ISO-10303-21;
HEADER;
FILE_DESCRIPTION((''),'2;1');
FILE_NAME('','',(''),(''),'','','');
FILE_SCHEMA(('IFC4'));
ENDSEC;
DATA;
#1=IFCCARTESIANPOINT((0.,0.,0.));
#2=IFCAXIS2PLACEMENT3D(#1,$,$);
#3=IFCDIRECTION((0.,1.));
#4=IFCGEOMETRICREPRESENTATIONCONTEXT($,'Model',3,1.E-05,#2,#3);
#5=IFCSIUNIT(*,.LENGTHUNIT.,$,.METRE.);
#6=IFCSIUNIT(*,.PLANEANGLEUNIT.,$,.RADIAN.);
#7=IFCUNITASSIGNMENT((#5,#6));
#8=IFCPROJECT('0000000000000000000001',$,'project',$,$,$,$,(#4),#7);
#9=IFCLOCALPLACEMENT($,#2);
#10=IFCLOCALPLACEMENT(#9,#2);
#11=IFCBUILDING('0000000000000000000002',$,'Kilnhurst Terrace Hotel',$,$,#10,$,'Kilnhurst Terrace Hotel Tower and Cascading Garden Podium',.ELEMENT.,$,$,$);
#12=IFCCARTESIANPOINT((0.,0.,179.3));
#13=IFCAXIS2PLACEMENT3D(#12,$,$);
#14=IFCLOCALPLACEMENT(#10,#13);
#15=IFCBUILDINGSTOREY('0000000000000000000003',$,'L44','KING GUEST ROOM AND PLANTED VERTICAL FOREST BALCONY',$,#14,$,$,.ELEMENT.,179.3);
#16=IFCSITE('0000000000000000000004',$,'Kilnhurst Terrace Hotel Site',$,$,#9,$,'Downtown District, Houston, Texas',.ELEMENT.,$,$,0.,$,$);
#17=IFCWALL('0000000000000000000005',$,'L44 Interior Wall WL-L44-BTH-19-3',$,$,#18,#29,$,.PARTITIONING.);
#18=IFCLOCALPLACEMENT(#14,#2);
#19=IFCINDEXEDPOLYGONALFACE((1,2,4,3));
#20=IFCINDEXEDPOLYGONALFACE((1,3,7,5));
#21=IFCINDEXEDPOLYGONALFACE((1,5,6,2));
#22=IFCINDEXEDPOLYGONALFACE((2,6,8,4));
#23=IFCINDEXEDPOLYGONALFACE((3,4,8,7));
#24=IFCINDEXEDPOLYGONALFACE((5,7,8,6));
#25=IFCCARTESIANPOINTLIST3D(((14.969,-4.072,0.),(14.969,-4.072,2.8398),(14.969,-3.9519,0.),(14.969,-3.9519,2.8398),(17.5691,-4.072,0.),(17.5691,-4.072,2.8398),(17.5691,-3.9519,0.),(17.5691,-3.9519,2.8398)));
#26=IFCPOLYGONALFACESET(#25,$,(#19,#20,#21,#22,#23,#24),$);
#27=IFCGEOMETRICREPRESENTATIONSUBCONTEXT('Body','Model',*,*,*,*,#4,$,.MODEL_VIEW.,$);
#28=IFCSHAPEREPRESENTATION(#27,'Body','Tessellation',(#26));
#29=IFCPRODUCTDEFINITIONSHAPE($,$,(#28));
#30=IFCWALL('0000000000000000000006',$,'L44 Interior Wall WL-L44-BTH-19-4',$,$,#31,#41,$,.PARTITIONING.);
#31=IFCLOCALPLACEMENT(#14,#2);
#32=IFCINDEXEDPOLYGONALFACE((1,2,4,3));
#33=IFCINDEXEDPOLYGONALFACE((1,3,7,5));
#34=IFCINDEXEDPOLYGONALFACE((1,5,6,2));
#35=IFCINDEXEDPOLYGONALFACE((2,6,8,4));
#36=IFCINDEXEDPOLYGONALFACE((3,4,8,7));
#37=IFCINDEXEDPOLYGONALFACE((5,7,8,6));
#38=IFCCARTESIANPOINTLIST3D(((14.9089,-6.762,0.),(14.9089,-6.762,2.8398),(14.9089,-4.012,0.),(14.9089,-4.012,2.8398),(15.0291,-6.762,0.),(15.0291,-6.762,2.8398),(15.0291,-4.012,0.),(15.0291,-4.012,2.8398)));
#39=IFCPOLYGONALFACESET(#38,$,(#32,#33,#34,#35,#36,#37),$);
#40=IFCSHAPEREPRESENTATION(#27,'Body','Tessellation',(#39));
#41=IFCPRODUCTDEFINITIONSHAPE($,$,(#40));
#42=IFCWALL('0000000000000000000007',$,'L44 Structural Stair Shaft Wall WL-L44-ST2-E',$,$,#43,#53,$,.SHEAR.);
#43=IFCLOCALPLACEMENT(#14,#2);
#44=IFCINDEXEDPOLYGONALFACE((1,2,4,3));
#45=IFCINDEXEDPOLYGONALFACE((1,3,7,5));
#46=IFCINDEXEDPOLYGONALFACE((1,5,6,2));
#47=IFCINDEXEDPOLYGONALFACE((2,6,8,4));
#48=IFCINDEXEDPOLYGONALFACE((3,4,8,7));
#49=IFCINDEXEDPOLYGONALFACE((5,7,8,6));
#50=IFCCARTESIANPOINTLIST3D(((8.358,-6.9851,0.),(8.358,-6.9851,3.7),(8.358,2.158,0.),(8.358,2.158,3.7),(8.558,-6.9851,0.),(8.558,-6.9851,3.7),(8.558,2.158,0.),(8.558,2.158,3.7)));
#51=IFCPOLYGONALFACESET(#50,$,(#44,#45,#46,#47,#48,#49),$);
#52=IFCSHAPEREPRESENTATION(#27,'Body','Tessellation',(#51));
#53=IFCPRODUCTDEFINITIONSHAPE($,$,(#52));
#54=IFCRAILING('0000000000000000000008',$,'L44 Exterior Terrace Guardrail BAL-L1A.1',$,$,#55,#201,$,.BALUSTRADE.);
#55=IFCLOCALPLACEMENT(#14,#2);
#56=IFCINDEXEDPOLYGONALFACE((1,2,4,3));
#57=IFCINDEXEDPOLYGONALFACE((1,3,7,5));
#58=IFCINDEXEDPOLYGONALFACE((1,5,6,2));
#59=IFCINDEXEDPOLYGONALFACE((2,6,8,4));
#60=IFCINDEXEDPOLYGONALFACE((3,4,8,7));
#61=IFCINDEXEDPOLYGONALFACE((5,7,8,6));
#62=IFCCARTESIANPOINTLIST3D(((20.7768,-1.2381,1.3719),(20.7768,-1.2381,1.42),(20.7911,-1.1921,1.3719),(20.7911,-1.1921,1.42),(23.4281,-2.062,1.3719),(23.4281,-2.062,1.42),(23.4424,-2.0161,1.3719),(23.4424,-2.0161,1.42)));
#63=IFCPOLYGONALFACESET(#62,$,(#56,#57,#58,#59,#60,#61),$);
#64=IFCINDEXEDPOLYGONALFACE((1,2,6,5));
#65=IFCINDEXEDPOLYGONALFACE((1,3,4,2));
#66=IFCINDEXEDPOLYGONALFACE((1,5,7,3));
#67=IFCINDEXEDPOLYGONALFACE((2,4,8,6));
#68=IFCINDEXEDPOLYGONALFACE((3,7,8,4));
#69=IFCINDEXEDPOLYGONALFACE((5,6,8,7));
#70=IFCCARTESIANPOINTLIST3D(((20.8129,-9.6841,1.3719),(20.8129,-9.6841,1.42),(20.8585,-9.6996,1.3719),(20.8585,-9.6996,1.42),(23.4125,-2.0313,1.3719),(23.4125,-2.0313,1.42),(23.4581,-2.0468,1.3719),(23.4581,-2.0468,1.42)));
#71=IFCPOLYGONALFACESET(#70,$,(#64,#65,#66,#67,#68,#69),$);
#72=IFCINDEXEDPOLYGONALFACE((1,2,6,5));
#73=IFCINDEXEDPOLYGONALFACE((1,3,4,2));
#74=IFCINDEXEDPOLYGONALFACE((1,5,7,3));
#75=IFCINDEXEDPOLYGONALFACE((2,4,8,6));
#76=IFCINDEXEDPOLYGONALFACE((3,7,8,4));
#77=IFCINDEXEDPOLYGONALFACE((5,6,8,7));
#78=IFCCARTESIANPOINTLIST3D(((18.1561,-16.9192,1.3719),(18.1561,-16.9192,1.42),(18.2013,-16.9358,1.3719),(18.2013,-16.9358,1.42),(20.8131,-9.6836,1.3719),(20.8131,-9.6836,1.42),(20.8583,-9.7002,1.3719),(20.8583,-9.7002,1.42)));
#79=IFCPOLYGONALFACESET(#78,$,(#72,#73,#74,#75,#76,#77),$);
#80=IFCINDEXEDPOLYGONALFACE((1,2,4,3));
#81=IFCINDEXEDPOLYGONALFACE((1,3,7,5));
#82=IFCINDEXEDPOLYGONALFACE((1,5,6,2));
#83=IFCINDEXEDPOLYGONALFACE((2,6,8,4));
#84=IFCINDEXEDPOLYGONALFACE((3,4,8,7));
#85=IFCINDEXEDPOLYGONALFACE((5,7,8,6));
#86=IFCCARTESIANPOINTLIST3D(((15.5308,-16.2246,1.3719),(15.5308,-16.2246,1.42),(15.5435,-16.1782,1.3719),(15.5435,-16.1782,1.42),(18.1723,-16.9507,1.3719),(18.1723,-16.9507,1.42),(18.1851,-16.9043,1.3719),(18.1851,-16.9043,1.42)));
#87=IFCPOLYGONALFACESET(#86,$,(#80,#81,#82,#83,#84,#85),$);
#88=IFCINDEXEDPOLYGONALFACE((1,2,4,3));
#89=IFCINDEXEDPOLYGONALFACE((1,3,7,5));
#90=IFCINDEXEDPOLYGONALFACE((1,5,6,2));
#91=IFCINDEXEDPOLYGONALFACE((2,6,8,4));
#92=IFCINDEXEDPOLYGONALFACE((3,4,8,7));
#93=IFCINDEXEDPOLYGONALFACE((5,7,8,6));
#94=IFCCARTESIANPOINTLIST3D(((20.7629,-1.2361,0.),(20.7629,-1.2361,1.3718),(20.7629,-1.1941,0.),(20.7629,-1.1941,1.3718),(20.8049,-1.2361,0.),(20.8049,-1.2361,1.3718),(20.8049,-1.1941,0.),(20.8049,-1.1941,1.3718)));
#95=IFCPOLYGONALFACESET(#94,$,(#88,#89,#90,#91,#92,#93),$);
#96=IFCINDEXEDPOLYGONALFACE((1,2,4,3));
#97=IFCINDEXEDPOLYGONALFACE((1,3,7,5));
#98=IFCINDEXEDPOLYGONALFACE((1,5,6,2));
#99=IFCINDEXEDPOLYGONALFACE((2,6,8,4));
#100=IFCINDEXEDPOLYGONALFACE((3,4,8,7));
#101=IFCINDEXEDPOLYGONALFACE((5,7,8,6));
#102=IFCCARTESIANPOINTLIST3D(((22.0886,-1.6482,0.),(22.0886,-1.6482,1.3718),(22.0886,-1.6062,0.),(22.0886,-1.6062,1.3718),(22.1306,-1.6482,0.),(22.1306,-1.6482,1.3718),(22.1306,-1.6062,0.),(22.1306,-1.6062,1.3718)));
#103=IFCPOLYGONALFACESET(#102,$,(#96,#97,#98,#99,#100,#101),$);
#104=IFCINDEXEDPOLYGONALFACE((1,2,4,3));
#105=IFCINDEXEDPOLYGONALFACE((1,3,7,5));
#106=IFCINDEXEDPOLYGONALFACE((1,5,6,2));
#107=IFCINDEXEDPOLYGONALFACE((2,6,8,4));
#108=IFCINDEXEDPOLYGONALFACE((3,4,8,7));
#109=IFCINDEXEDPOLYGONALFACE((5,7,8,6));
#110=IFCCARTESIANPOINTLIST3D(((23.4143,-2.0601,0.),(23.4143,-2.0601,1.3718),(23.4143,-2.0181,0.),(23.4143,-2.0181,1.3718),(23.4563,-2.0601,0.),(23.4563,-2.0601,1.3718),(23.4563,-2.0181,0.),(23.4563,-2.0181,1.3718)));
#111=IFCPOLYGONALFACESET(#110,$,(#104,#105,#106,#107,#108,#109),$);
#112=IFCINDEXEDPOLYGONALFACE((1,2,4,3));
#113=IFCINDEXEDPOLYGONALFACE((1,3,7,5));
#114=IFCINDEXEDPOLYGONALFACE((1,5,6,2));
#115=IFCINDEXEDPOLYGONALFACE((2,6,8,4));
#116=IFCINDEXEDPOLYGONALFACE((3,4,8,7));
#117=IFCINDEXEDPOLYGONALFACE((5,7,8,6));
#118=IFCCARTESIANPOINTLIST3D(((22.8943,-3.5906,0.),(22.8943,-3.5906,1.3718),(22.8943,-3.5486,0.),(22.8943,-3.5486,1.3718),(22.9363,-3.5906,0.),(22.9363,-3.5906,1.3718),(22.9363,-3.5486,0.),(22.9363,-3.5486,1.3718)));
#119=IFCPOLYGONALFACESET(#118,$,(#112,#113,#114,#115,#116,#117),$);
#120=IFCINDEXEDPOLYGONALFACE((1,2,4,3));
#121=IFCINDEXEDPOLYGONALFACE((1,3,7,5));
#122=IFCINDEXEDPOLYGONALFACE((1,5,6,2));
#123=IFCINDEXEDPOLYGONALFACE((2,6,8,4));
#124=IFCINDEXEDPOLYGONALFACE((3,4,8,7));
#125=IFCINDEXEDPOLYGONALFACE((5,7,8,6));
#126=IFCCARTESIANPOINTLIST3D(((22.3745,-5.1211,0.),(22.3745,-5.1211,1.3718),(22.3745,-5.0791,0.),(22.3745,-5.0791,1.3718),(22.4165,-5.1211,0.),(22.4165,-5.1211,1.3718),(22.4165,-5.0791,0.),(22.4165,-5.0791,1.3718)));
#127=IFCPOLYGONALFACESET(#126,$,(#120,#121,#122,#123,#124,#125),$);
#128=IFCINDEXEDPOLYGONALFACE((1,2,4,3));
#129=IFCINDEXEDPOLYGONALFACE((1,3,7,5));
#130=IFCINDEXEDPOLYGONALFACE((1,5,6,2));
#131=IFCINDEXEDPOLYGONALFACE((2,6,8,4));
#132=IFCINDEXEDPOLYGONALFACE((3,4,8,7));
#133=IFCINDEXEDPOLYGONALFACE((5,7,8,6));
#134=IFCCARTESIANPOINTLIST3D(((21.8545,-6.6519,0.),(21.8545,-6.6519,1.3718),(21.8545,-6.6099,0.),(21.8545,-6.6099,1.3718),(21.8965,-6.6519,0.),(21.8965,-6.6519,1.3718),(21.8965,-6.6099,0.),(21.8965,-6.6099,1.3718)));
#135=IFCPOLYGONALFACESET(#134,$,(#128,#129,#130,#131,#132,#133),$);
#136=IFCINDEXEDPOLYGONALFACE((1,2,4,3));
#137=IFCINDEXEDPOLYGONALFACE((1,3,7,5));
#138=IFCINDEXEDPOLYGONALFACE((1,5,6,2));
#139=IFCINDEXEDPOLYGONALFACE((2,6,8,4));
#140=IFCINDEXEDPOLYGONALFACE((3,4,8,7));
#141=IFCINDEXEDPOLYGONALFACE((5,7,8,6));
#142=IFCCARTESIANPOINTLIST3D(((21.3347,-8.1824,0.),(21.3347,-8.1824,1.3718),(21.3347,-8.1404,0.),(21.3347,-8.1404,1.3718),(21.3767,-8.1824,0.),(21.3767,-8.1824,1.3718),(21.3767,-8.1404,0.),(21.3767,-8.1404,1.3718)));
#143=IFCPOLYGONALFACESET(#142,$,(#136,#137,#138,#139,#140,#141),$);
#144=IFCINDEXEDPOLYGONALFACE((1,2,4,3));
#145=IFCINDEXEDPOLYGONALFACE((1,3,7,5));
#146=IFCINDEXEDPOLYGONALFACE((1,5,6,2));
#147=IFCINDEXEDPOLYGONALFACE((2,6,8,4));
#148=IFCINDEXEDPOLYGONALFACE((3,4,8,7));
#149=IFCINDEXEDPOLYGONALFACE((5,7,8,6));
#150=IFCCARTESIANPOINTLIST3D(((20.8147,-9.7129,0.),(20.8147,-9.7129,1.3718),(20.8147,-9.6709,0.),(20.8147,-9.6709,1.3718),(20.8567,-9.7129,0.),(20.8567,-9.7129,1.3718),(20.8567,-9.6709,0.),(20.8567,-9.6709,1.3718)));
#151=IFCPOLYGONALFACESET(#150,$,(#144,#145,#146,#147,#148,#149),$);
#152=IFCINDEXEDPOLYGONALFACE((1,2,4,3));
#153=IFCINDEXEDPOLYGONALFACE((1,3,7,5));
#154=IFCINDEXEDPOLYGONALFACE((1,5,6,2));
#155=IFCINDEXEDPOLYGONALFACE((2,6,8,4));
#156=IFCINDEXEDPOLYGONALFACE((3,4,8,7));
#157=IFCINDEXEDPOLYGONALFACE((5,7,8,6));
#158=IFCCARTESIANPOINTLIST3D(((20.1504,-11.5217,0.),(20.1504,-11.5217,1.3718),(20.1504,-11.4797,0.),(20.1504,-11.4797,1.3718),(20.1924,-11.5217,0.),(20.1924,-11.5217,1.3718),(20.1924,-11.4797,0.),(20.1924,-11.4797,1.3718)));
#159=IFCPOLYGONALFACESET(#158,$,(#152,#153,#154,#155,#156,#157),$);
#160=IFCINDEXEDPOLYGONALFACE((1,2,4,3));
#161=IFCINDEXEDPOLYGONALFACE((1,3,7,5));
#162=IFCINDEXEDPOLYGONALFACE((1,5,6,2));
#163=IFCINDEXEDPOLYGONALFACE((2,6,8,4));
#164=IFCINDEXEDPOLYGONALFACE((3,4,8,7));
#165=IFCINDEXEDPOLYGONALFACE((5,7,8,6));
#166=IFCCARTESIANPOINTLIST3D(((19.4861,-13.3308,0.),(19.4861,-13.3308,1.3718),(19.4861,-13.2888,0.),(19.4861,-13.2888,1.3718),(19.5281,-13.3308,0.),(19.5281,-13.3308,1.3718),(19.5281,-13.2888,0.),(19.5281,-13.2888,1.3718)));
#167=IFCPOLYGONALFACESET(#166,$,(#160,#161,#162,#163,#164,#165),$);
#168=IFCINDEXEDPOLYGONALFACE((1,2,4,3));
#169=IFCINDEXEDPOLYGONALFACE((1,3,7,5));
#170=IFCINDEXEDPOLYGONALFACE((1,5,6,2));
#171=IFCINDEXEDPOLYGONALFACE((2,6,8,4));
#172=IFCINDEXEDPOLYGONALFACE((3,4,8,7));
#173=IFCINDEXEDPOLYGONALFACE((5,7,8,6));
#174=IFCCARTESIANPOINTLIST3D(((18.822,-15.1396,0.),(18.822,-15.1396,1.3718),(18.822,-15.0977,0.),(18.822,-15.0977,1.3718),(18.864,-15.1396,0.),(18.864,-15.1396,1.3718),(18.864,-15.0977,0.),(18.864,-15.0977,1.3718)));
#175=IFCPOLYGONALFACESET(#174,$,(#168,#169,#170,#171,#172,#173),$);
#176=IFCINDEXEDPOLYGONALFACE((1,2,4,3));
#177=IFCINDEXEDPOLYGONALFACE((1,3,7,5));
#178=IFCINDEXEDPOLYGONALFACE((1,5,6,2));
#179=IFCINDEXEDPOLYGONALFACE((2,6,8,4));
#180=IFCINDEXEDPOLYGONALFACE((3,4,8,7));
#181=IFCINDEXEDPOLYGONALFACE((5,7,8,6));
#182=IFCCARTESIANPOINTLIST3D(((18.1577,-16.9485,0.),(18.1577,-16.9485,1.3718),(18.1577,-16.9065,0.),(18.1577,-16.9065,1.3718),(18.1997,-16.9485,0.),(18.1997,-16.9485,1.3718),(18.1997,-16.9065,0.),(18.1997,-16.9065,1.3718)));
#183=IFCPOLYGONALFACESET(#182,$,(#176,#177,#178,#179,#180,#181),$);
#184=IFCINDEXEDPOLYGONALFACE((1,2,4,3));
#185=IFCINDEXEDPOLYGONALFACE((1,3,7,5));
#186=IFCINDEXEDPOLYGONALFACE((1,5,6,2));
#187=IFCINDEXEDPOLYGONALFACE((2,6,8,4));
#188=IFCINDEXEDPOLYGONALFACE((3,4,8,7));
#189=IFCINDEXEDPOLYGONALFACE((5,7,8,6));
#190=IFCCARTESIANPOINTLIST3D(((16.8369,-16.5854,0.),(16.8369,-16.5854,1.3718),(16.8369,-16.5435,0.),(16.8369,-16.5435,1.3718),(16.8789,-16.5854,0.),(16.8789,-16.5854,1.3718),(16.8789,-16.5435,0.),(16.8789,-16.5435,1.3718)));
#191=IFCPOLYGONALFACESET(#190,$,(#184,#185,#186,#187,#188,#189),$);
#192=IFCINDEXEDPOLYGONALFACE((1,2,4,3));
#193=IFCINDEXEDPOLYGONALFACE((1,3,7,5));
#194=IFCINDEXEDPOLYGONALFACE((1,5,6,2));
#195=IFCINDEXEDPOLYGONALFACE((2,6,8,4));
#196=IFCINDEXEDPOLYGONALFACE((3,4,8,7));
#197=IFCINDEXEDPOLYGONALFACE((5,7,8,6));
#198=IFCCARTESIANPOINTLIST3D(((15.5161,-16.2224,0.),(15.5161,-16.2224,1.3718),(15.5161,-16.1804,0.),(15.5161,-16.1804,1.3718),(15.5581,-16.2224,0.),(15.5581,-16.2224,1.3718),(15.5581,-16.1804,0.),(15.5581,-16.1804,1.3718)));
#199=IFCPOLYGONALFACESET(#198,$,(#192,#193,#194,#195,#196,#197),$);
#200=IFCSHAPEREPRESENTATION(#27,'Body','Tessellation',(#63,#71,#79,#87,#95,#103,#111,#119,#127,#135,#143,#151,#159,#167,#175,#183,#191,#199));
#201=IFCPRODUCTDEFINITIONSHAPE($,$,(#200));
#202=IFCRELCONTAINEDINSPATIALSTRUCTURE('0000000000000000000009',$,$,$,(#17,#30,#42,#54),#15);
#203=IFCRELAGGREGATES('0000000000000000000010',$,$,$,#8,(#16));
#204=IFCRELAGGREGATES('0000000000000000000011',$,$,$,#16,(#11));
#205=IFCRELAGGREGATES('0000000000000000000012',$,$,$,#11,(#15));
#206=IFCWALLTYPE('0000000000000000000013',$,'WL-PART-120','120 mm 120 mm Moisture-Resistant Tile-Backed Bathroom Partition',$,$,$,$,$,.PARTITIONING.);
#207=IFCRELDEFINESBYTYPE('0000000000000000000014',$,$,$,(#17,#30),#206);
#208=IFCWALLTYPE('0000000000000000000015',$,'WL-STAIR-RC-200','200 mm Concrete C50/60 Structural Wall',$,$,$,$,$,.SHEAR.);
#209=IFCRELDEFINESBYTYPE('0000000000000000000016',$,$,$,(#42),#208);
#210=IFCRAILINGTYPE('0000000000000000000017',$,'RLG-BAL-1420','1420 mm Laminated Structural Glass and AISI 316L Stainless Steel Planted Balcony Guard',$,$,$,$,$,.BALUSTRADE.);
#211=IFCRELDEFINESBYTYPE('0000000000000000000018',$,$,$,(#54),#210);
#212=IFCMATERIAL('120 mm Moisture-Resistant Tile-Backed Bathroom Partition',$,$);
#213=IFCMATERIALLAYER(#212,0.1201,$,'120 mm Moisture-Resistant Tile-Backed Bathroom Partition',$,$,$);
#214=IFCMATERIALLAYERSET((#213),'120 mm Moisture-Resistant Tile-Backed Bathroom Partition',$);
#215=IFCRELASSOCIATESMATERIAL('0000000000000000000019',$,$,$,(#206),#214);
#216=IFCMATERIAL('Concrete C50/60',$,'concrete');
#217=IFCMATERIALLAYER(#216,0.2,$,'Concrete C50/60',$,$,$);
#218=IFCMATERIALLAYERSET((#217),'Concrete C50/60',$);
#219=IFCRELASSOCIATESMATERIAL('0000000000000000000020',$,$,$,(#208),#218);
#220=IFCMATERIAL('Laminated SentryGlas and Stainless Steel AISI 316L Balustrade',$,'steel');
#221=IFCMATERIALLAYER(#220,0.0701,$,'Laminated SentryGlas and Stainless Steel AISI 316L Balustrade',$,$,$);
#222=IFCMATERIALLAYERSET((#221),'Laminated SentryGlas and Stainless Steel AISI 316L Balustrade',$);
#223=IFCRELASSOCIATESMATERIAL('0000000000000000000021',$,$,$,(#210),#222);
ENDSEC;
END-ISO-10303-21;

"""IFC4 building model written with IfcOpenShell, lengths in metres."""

from ifc_helpers import new_model, si_unit, direction, frame, frame_2d, origin, origin_2d, place, context, subcontext, project, spatial, rectangle, extrude, material, layer, layer_set, type_object, element, save


model = new_model("IFC4")

# Units and contexts
model_context = context("Model", 3, precision=1e-05, world=origin(), true_north=direction((0.0, 1.0)))
body_context = subcontext(model_context, "Body", "Model", "MODEL_VIEW")
ifc_project = project(units=[si_unit("LENGTHUNIT", "METRE"), si_unit("PLANEANGLEUNIT", "RADIAN")], contexts=[model_context])

# Site, building, storey
site_placement = place(None, origin())
site = spatial("IfcSite", under=ifc_project, at=site_placement, Name="Kilnhurst Terrace Hotel Site", LongName="Downtown District, Houston, Texas", CompositionType="ELEMENT", RefElevation=0.0)
building_placement = place(site_placement, origin())
building = spatial("IfcBuilding", under=site, at=building_placement, Name="Kilnhurst Terrace Hotel", LongName="Kilnhurst Terrace Hotel Tower and Cascading Garden Podium", CompositionType="ELEMENT")
storey_placement = place(building_placement, frame((0.0, 0.0, 179.3)))
storey = spatial("IfcBuildingStorey", under=building, at=storey_placement, Name="L44", Description="KING GUEST ROOM AND PLANTED VERTICAL FOREST BALCONY", CompositionType="ELEMENT", Elevation=179.3)

# Shared definitions
ifc_material_1 = material(Name="Concrete C50/60", Category="concrete")

# Shared definitions
ifc_material_2 = material(Name="120 mm Moisture-Resistant Tile-Backed Bathroom Partition")
ifc_layer_1 = layer(ifc_material_2, 0.1201, Name="120 mm Moisture-Resistant Tile-Backed Bathroom Partition")
ifc_layer_set_1 = layer_set([ifc_layer_1], Name="120 mm Moisture-Resistant Tile-Backed Bathroom Partition")
wall_type_1 = type_object("IfcWallType", Name="WL-PART-120", Description="120 mm 120 mm Moisture-Resistant Tile-Backed Bathroom Partition", PredefinedType="PARTITIONING", material=ifc_layer_set_1)

# Walls
wall_1_placement = place(storey_placement, frame((17.5691, -4.012, 0.0), z_axis=(0.0, 0.0, 1.0), x_axis=(-1.0, 0.0, 0.0)))
element("IfcWall", 1, at=wall_1_placement, inside=storey, type_object=wall_type_1, Name="L44 Interior Wall WL-L44-BTH-19-3", PredefinedType="PARTITIONING", context=body_context, shape_type="SweptSolid", body=[
    extrude(rectangle(XDim=2.6001, YDim=0.1201, at=frame_2d((1.3, 0.0))), origin(), (0.0, 0.0, 1.0), 2.8398),
])
wall_2_placement = place(storey_placement, frame((14.969, -4.012, 0.0), z_axis=(0.0, 0.0, 1.0), x_axis=(0.0, -1.0, 0.0)))
element("IfcWall", 2, at=wall_2_placement, inside=storey, type_object=wall_type_1, Name="L44 Interior Wall WL-L44-BTH-19-4", PredefinedType="PARTITIONING", context=body_context, shape_type="SweptSolid", body=[
    extrude(rectangle(XDim=2.75, YDim=0.1201, at=frame_2d((1.375, 0.0))), origin(), (0.0, 0.0, 1.0), 2.8398),
])
ifc_layer_2 = layer(ifc_material_1, 0.2, Name="Concrete C50/60")
ifc_layer_set_2 = layer_set([ifc_layer_2], Name="Concrete C50/60")
wall_type_2 = type_object("IfcWallType", Name="WL-STAIR-RC-200", Description="200 mm Concrete C50/60 Structural Wall", PredefinedType="SHEAR", material=ifc_layer_set_2)
wall_3_placement = place(storey_placement, frame((8.458, -6.9851, 0.0), z_axis=(0.0, 0.0, 1.0), x_axis=(0.0, 1.0, 0.0)))
element("IfcWall", 3, at=wall_3_placement, inside=storey, type_object=wall_type_2, Name="L44 Structural Stair Shaft Wall WL-L44-ST2-E", PredefinedType="SHEAR", context=body_context, shape_type="SweptSolid", body=[
    extrude(rectangle(XDim=9.1431, YDim=0.2, at=frame_2d((4.5715, 0.0))), origin(), (0.0, 0.0, 1.0), 3.7),
])

# Railing
ifc_material_3 = material(Name="Laminated SentryGlas and Stainless Steel AISI 316L Balustrade", Category="steel")
ifc_layer_3 = layer(ifc_material_3, 0.0701, Name="Laminated SentryGlas and Stainless Steel AISI 316L Balustrade")
ifc_layer_set_3 = layer_set([ifc_layer_3], Name="Laminated SentryGlas and Stainless Steel AISI 316L Balustrade")
railing_type_1 = type_object("IfcRailingType", Name="RLG-BAL-1420", Description="1420 mm Laminated Structural Glass and AISI 316L Stainless Steel Planted Balcony Guard", PredefinedType="BALUSTRADE", material=ifc_layer_set_3)
railing_1_placement = place(storey_placement, frame((20.7839, -1.2151, 0.0)))
element("IfcRailing", 4, at=railing_1_placement, inside=storey, type_object=railing_type_1, Name="L44 Exterior Terrace Guardrail BAL-L1A.1", PredefinedType="BALUSTRADE", context=body_context, shape_type="SweptSolid", body=[
    extrude(rectangle(XDim=0.0481, YDim=0.0481, at=origin_2d()), frame((0.0, 0.0, 1.396), z_axis=(0.954948, -0.296773, 0.0), x_axis=(0.296773, 0.954948, 0.0)), (0.0, 0.0, 1.0), 2.7764),
    extrude(rectangle(XDim=0.0481, YDim=0.0481, at=origin_2d()), frame((2.6514, -0.824, 1.396), z_axis=(-0.321642, -0.946861, 0.0), x_axis=(0.946861, -0.321642, 0.0)), (0.0, 0.0, 1.0), 8.0823),
    extrude(rectangle(XDim=0.0481, YDim=0.0481, at=origin_2d()), frame((0.0518, -8.4768, 1.396), z_axis=(-0.344704, -0.938711, 0.0), x_axis=(0.938711, -0.344704, 0.0)), (0.0, 0.0, 1.0), 7.708),
    extrude(rectangle(XDim=0.0481, YDim=0.0481, at=origin_2d()), frame((-2.6052, -15.7124, 1.396), z_axis=(-0.96424, 0.265032, 0.0), x_axis=(-0.265032, -0.96424, 0.0)), (0.0, 0.0, 1.0), 2.7395),
    extrude(rectangle(XDim=0.042, YDim=0.042, at=origin_2d()), origin(), (0.0, 0.0, 1.0), 1.3718),
    extrude(rectangle(XDim=0.042, YDim=0.042, at=origin_2d()), frame((1.3257, -0.4121, 0.0)), (0.0, 0.0, 1.0), 1.3718),
    extrude(rectangle(XDim=0.042, YDim=0.042, at=origin_2d()), frame((2.6514, -0.824, 0.0)), (0.0, 0.0, 1.0), 1.3718),
    extrude(rectangle(XDim=0.042, YDim=0.042, at=origin_2d()), frame((2.1313, -2.3545, 0.0)), (0.0, 0.0, 1.0), 1.3718),
    extrude(rectangle(XDim=0.042, YDim=0.042, at=origin_2d()), frame((1.6116, -3.885, 0.0)), (0.0, 0.0, 1.0), 1.3718),
    extrude(rectangle(XDim=0.042, YDim=0.042, at=origin_2d()), frame((1.0916, -5.4158, 0.0)), (0.0, 0.0, 1.0), 1.3718),
    extrude(rectangle(XDim=0.042, YDim=0.042, at=origin_2d()), frame((0.5718, -6.9463, 0.0)), (0.0, 0.0, 1.0), 1.3718),
    extrude(rectangle(XDim=0.042, YDim=0.042, at=origin_2d()), frame((0.0518, -8.4768, 0.0)), (0.0, 0.0, 1.0), 1.3718),
    extrude(rectangle(XDim=0.042, YDim=0.042, at=origin_2d()), frame((-0.6125, -10.2856, 0.0)), (0.0, 0.0, 1.0), 1.3718),
    extrude(rectangle(XDim=0.042, YDim=0.042, at=origin_2d()), frame((-1.2769, -12.0947, 0.0)), (0.0, 0.0, 1.0), 1.3718),
    extrude(rectangle(XDim=0.042, YDim=0.042, at=origin_2d()), frame((-1.9409, -13.9036, 0.0)), (0.0, 0.0, 1.0), 1.3718),
    extrude(rectangle(XDim=0.042, YDim=0.042, at=origin_2d()), frame((-2.6052, -15.7124, 0.0)), (0.0, 0.0, 1.0), 1.3718),
    extrude(rectangle(XDim=0.042, YDim=0.042, at=origin_2d()), frame((-3.926, -15.3494, 0.0)), (0.0, 0.0, 1.0), 1.3718),
    extrude(rectangle(XDim=0.042, YDim=0.042, at=origin_2d()), frame((-5.2468, -14.9863, 0.0)), (0.0, 0.0, 1.0), 1.3718),
])

save(model, "model.ifc")
